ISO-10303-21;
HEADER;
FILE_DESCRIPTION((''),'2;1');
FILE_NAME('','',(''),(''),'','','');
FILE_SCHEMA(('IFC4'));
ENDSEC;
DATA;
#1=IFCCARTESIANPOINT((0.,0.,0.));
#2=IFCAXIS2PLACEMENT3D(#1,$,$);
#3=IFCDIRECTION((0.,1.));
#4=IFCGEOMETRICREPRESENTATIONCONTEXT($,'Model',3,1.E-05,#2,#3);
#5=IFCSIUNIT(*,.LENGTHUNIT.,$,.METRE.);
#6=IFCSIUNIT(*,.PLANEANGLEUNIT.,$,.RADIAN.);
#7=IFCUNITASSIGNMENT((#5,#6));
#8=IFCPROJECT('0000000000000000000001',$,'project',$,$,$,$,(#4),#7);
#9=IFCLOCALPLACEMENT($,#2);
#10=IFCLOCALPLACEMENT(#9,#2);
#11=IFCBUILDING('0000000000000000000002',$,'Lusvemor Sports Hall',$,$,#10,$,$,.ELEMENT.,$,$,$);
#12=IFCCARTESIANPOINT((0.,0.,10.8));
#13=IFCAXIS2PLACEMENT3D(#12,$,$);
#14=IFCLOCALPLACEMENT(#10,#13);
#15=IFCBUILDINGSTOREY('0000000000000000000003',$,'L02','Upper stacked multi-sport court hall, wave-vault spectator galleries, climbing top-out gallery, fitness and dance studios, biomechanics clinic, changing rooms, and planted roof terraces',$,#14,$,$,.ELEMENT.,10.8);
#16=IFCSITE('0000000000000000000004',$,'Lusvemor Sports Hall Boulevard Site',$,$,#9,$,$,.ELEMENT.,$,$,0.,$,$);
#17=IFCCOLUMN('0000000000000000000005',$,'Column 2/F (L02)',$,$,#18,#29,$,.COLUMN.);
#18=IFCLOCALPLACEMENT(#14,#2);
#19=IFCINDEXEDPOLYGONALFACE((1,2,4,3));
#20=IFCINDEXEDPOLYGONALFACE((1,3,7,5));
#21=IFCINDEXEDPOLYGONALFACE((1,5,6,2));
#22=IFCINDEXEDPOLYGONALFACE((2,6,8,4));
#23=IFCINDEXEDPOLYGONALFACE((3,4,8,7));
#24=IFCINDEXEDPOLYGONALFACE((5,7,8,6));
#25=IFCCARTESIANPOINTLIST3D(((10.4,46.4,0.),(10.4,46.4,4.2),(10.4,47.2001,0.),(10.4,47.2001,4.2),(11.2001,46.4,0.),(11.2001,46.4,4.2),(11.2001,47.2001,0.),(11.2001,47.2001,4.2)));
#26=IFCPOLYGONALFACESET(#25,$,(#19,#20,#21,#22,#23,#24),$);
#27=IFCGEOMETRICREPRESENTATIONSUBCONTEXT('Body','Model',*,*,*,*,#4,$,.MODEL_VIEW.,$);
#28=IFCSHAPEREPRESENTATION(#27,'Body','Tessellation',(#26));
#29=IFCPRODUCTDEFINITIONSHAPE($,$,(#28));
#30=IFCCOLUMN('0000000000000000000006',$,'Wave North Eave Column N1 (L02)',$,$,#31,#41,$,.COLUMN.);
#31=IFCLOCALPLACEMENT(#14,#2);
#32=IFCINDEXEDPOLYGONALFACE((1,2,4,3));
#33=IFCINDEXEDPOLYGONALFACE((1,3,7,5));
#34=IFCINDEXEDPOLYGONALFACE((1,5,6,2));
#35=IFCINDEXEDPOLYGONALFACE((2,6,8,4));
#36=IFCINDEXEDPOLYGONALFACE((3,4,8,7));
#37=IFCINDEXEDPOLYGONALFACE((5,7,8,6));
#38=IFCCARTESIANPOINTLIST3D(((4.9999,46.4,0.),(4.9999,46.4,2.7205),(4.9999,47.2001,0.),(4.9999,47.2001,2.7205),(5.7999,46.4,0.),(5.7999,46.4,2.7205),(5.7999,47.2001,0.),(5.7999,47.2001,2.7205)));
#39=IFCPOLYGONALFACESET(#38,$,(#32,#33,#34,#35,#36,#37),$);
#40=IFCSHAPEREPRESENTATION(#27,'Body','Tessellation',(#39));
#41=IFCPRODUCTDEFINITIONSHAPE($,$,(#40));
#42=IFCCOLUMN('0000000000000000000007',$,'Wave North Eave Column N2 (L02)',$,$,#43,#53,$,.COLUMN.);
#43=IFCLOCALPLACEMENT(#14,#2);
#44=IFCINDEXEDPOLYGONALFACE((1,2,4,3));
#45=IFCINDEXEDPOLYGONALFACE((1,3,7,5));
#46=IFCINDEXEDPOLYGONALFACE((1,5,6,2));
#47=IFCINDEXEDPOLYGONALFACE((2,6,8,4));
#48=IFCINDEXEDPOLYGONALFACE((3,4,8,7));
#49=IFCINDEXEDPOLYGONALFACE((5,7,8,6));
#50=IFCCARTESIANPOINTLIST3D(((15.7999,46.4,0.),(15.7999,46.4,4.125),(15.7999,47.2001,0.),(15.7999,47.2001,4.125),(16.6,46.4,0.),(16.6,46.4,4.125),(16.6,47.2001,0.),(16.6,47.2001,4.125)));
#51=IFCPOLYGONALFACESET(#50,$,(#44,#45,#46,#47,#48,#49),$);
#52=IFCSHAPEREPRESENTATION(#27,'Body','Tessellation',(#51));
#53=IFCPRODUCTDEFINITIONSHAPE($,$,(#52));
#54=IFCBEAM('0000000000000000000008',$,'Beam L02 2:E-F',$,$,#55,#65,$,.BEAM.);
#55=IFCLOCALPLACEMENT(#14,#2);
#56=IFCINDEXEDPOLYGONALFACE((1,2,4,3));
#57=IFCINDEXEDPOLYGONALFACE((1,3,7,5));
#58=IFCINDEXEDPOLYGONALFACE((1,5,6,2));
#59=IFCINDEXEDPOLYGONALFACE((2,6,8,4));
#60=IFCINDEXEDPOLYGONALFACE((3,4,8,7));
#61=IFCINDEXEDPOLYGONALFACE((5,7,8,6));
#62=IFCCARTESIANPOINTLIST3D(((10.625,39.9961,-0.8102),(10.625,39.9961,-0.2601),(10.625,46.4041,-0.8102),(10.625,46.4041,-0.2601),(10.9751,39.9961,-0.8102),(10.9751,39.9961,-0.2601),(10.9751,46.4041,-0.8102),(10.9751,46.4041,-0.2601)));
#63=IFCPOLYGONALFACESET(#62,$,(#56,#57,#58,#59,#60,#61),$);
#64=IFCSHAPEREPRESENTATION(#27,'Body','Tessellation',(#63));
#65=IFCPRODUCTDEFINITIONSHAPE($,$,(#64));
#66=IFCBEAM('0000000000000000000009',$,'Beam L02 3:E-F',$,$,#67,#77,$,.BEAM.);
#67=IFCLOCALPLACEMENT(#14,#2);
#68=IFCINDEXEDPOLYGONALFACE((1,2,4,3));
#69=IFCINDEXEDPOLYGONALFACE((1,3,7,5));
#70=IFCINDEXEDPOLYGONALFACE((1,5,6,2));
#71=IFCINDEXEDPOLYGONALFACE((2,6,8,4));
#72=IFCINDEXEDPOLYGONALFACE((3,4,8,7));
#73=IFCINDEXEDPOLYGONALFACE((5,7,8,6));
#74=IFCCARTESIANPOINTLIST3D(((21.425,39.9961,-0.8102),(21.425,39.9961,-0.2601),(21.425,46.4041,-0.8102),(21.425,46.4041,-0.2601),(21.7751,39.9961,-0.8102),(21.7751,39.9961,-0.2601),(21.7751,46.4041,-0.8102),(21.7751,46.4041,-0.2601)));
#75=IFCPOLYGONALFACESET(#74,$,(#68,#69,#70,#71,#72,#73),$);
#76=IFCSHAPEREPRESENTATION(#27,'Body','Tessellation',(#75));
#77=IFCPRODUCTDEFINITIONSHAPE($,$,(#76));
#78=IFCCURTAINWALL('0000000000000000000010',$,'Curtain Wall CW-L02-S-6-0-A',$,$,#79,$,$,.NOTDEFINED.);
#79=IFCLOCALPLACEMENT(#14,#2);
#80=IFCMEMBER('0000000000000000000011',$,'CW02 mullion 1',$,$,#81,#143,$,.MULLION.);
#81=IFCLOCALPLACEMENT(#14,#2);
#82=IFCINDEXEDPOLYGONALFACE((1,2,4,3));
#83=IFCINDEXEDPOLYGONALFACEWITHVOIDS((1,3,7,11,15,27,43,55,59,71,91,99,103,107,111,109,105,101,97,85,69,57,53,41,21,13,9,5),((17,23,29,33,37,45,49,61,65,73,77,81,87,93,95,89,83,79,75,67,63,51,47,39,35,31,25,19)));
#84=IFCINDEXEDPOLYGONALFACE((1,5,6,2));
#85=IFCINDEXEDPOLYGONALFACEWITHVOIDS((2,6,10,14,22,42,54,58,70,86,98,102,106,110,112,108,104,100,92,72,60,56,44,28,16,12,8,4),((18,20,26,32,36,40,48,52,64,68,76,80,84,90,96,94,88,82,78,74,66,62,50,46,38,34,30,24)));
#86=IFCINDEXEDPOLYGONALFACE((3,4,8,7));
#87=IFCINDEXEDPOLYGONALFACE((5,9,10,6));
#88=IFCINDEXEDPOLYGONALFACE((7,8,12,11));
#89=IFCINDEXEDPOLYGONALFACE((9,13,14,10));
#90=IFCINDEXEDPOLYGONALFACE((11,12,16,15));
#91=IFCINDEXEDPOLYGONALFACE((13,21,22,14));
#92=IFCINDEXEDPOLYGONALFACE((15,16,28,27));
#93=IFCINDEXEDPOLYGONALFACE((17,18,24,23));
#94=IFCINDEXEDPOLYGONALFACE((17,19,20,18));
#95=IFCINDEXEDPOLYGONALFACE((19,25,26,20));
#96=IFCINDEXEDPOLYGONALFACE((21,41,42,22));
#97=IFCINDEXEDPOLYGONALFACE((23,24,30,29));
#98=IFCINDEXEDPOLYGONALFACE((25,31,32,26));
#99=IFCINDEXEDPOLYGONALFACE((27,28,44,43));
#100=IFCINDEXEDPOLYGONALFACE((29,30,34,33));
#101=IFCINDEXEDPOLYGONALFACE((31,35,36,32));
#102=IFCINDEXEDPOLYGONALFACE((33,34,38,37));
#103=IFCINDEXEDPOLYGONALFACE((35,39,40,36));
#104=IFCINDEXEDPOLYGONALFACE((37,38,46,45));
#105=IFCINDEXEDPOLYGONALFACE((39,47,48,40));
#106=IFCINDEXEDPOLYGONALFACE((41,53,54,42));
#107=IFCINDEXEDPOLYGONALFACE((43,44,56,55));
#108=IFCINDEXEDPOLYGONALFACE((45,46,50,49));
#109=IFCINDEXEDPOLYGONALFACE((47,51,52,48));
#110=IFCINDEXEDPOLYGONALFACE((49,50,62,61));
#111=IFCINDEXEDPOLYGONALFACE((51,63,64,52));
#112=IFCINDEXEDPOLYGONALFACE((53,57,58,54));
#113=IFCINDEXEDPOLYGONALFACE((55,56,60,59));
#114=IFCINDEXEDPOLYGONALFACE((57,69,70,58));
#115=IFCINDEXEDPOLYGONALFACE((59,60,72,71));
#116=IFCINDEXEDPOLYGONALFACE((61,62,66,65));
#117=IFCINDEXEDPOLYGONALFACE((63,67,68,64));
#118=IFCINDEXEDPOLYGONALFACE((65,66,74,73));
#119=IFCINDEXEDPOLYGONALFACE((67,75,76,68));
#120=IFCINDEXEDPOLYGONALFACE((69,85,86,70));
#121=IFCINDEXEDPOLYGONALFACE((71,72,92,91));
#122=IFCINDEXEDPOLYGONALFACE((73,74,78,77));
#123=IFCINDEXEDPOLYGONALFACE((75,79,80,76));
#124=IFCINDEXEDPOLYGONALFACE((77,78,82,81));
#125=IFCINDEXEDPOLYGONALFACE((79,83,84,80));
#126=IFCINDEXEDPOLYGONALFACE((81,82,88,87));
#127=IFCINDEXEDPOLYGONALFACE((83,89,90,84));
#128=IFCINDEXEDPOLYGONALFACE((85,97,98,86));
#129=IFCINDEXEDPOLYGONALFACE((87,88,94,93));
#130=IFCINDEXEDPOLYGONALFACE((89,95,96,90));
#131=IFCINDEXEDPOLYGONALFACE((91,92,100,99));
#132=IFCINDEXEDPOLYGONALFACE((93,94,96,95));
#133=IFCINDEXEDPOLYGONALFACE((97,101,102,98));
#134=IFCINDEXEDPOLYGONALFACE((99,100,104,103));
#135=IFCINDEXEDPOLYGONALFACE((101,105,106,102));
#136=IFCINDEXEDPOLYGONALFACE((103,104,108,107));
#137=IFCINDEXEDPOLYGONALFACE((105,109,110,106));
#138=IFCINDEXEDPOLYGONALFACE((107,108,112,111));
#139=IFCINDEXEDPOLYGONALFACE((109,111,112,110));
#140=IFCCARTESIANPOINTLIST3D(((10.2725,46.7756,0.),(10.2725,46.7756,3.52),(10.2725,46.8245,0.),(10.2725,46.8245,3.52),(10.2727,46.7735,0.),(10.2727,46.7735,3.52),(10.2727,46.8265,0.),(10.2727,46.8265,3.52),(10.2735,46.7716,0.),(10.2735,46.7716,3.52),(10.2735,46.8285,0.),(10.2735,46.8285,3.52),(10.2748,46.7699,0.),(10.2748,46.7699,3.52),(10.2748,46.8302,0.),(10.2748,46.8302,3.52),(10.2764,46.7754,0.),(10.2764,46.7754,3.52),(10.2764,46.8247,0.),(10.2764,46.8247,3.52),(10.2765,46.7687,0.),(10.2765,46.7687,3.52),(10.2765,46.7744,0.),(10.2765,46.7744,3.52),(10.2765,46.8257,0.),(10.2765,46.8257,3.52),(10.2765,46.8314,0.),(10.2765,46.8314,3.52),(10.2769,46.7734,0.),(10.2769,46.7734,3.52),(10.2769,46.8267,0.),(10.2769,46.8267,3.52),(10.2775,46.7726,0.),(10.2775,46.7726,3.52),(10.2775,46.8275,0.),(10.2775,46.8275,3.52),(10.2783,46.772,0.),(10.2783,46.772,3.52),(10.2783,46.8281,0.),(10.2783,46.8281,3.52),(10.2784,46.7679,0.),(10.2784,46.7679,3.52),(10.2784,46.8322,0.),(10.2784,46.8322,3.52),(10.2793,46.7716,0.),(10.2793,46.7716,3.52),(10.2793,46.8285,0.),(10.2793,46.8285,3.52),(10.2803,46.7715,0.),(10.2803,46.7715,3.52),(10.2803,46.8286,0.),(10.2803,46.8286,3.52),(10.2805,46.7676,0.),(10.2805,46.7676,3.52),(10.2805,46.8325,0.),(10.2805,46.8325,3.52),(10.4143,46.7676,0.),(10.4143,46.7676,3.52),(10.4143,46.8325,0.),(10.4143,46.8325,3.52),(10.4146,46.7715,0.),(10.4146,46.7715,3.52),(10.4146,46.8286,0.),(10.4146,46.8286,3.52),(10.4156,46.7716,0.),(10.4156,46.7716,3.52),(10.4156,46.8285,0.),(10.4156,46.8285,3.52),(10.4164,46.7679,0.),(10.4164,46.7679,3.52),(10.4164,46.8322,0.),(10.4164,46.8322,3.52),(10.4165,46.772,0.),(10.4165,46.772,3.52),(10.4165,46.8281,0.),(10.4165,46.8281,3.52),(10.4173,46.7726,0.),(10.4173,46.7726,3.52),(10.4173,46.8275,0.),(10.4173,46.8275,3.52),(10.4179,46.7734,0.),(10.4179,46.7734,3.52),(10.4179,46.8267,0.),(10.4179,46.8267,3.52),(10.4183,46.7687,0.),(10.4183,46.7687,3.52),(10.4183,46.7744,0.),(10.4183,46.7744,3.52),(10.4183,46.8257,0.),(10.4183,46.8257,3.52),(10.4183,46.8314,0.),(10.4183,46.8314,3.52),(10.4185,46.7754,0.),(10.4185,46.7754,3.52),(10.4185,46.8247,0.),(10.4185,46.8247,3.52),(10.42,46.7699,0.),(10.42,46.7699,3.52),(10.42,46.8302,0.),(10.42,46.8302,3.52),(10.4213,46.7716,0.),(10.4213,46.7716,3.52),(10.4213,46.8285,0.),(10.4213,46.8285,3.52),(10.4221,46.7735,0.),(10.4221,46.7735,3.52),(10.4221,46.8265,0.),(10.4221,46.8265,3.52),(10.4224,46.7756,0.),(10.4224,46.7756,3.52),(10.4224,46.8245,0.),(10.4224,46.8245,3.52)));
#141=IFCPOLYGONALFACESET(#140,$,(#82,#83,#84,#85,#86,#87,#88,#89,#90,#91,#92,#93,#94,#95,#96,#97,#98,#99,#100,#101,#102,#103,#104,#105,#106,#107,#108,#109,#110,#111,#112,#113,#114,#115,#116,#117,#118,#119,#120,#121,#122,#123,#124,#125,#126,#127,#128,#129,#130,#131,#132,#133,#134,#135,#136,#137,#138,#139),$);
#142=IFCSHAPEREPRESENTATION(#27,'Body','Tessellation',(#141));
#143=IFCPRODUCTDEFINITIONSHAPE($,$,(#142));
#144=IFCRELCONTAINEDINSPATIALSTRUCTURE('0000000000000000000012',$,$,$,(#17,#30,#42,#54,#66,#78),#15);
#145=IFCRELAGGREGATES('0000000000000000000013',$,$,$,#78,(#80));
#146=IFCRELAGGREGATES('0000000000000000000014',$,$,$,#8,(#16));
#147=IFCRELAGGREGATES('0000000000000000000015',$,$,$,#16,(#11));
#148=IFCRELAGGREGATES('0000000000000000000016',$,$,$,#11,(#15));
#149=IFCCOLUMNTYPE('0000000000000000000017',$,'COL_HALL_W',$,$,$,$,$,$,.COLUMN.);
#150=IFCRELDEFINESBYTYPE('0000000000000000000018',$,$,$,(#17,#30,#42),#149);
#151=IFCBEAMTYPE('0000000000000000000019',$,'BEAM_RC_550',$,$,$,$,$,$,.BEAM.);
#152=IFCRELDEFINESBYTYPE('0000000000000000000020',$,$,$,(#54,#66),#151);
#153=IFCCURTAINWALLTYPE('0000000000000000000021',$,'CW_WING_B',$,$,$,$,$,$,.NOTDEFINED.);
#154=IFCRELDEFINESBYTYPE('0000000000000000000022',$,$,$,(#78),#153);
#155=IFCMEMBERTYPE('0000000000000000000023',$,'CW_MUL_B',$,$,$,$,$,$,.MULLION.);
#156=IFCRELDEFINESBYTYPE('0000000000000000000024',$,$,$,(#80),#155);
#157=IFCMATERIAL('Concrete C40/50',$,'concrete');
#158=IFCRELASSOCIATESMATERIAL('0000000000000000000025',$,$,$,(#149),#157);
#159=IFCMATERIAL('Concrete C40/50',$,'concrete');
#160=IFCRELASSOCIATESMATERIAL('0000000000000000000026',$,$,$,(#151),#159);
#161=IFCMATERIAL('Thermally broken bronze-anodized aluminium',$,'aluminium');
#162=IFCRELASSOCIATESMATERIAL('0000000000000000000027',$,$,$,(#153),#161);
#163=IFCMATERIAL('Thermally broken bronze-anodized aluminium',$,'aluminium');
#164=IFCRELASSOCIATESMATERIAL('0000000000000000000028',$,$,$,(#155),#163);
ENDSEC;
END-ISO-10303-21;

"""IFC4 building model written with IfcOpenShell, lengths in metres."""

from ifc_helpers import new_model, si_unit, direction, frame, origin, origin_2d, place, context, subcontext, project, spatial, rectangle, hollow_rectangle, extrude, material, material_profile, profile_set, type_object, element, aggregate, save


model = new_model("IFC4")

# Units and contexts
model_context = context("Model", 3, precision=1e-05, world=origin(), true_north=direction((0.0, 1.0)))
body_context = subcontext(model_context, "Body", "Model", "MODEL_VIEW")
ifc_project = project(units=[si_unit("LENGTHUNIT", "METRE"), si_unit("PLANEANGLEUNIT", "RADIAN")], contexts=[model_context])

# Site, building, storey
site_placement = place(None, origin())
site = spatial("IfcSite", under=ifc_project, at=site_placement, Name="Lusvemor Sports Hall Boulevard Site", CompositionType="ELEMENT", RefElevation=0.0)
building_placement = place(site_placement, origin())
building = spatial("IfcBuilding", under=site, at=building_placement, Name="Lusvemor Sports Hall", CompositionType="ELEMENT")
storey_placement = place(building_placement, frame((0.0, 0.0, 10.8)))
storey = spatial("IfcBuildingStorey", under=building, at=storey_placement, Name="L02", Description="Upper stacked multi-sport court hall, wave-vault spectator galleries, climbing top-out gallery, fitness and dance studios, biomechanics clinic, changing rooms, and planted roof terraces", CompositionType="ELEMENT", Elevation=10.8)

# Columns
ifc_material_1 = material(Name="Concrete C40/50", Category="concrete")
ifc_material_profile_1 = material_profile(ifc_material_1, rectangle(XDim=0.8, YDim=0.8, at=origin_2d()), Name="RC800x800")
ifc_profile_set_1 = profile_set([ifc_material_profile_1], Name="Concrete C40/50")
column_type = type_object("IfcColumnType", Name="COL_HALL_W", PredefinedType="COLUMN", material=ifc_profile_set_1)
column_1_placement = place(storey_placement, frame((10.8, 46.8, 0.0), z_axis=(0.0, 0.0, 1.0), x_axis=(1.0, 0.0, 0.0)))
element("IfcColumn", 1, at=column_1_placement, inside=storey, type_object=column_type, Name="Column 2/F (L02)", PredefinedType="COLUMN", context=body_context, shape_type="SweptSolid", body=[
    extrude(rectangle(XDim=0.8, YDim=0.8, at=origin_2d()), origin(), (0.0, 0.0, 1.0), 4.2),
])
column_2_placement = place(storey_placement, frame((5.3999, 46.8, 0.0), z_axis=(0.0, 0.0, 1.0), x_axis=(1.0, 0.0, 0.0)))
element("IfcColumn", 2, at=column_2_placement, inside=storey, type_object=column_type, Name="Wave North Eave Column N1 (L02)", PredefinedType="COLUMN", context=body_context, shape_type="SweptSolid", body=[
    extrude(rectangle(XDim=0.8, YDim=0.8, at=origin_2d()), origin(), (0.0, 0.0, 1.0), 2.7205),
])
column_3_placement = place(storey_placement, frame((16.2, 46.8, 0.0), z_axis=(0.0, 0.0, 1.0), x_axis=(1.0, 0.0, 0.0)))
element("IfcColumn", 3, at=column_3_placement, inside=storey, type_object=column_type, Name="Wave North Eave Column N2 (L02)", PredefinedType="COLUMN", context=body_context, shape_type="SweptSolid", body=[
    extrude(rectangle(XDim=0.8, YDim=0.8, at=origin_2d()), origin(), (0.0, 0.0, 1.0), 4.125),
])

# Beams
ifc_material_2 = material(Name="Concrete C40/50", Category="concrete")
ifc_material_profile_2 = material_profile(ifc_material_2, rectangle(XDim=0.3501, YDim=0.55, at=origin_2d()), Name="RC350x550")
ifc_profile_set_2 = profile_set([ifc_material_profile_2], Name="Concrete C40/50")
beam_type_1 = type_object("IfcBeamType", Name="BEAM_RC_550", PredefinedType="BEAM", material=ifc_profile_set_2)
for number, where, z_axis, x_axis, name in (
    (4, (10.8, 39.9961, -0.5352), (0.0, 1.0, 0.0), (-1.0, 0.0, 0.0), "Beam L02 2:E-F"),
    (5, (21.6001, 39.9961, -0.5352), (0.0, 1.0, 0.0), (-1.0, 0.0, 0.0), "Beam L02 3:E-F"),
):
    element("IfcBeam", number, at=place(storey_placement, frame(where, z_axis=z_axis, x_axis=x_axis)), inside=storey, type_object=beam_type_1, Name=name, PredefinedType="BEAM", context=body_context, shape_type="SweptSolid", body=[
        extrude(rectangle(XDim=0.3501, YDim=0.55, at=origin_2d()), origin(), (0.0, 0.0, 1.0), 6.408),
    ])

# Curtain wall, member
ifc_material_3 = material(Name="Thermally broken bronze-anodized aluminium", Category="aluminium")
curtain_wall_type = type_object("IfcCurtainWallType", Name="CW_WING_B", PredefinedType="NOTDEFINED", material=ifc_material_3)
curtain_wall_1_placement = place(storey_placement, origin())
curtain_wall_1 = element("IfcCurtainWall", 6, at=curtain_wall_1_placement, inside=storey, type_object=curtain_wall_type, Name="Curtain Wall CW-L02-S-6-0-A", PredefinedType="NOTDEFINED")
ifc_material_4 = material(Name="Thermally broken bronze-anodized aluminium", Category="aluminium")
ifc_material_profile_3 = material_profile(ifc_material_4, hollow_rectangle(XDim=0.0649, YDim=0.1499, WallThickness=0.0039, InnerFilletRadius=0.0039, OuterFilletRadius=0.0081, at=origin_2d()), Name="CWMUL150x65x4")
ifc_profile_set_3 = profile_set([ifc_material_profile_3], Name="Thermally broken bronze-anodized aluminium")
member_type_1 = type_object("IfcMemberType", Name="CW_MUL_B", PredefinedType="MULLION", material=ifc_profile_set_3)
member_1_placement = place(storey_placement, frame((10.3474, 46.8, 0.0), z_axis=(0.0, 0.0, 1.0), x_axis=(0.0, -1.0, 0.0)))
member_1 = element("IfcMember", 7, at=member_1_placement, type_object=member_type_1, Name="CW02 mullion 1", PredefinedType="MULLION", context=body_context, shape_type="SweptSolid", body=[
    extrude(hollow_rectangle(XDim=0.0649, YDim=0.1499, WallThickness=0.0039, InnerFilletRadius=0.0039, OuterFilletRadius=0.0081, at=origin_2d()), origin(), (0.0, 0.0, 1.0), 3.52),
])

aggregate(curtain_wall_1, [member_1])

save(model, "model.ifc")
